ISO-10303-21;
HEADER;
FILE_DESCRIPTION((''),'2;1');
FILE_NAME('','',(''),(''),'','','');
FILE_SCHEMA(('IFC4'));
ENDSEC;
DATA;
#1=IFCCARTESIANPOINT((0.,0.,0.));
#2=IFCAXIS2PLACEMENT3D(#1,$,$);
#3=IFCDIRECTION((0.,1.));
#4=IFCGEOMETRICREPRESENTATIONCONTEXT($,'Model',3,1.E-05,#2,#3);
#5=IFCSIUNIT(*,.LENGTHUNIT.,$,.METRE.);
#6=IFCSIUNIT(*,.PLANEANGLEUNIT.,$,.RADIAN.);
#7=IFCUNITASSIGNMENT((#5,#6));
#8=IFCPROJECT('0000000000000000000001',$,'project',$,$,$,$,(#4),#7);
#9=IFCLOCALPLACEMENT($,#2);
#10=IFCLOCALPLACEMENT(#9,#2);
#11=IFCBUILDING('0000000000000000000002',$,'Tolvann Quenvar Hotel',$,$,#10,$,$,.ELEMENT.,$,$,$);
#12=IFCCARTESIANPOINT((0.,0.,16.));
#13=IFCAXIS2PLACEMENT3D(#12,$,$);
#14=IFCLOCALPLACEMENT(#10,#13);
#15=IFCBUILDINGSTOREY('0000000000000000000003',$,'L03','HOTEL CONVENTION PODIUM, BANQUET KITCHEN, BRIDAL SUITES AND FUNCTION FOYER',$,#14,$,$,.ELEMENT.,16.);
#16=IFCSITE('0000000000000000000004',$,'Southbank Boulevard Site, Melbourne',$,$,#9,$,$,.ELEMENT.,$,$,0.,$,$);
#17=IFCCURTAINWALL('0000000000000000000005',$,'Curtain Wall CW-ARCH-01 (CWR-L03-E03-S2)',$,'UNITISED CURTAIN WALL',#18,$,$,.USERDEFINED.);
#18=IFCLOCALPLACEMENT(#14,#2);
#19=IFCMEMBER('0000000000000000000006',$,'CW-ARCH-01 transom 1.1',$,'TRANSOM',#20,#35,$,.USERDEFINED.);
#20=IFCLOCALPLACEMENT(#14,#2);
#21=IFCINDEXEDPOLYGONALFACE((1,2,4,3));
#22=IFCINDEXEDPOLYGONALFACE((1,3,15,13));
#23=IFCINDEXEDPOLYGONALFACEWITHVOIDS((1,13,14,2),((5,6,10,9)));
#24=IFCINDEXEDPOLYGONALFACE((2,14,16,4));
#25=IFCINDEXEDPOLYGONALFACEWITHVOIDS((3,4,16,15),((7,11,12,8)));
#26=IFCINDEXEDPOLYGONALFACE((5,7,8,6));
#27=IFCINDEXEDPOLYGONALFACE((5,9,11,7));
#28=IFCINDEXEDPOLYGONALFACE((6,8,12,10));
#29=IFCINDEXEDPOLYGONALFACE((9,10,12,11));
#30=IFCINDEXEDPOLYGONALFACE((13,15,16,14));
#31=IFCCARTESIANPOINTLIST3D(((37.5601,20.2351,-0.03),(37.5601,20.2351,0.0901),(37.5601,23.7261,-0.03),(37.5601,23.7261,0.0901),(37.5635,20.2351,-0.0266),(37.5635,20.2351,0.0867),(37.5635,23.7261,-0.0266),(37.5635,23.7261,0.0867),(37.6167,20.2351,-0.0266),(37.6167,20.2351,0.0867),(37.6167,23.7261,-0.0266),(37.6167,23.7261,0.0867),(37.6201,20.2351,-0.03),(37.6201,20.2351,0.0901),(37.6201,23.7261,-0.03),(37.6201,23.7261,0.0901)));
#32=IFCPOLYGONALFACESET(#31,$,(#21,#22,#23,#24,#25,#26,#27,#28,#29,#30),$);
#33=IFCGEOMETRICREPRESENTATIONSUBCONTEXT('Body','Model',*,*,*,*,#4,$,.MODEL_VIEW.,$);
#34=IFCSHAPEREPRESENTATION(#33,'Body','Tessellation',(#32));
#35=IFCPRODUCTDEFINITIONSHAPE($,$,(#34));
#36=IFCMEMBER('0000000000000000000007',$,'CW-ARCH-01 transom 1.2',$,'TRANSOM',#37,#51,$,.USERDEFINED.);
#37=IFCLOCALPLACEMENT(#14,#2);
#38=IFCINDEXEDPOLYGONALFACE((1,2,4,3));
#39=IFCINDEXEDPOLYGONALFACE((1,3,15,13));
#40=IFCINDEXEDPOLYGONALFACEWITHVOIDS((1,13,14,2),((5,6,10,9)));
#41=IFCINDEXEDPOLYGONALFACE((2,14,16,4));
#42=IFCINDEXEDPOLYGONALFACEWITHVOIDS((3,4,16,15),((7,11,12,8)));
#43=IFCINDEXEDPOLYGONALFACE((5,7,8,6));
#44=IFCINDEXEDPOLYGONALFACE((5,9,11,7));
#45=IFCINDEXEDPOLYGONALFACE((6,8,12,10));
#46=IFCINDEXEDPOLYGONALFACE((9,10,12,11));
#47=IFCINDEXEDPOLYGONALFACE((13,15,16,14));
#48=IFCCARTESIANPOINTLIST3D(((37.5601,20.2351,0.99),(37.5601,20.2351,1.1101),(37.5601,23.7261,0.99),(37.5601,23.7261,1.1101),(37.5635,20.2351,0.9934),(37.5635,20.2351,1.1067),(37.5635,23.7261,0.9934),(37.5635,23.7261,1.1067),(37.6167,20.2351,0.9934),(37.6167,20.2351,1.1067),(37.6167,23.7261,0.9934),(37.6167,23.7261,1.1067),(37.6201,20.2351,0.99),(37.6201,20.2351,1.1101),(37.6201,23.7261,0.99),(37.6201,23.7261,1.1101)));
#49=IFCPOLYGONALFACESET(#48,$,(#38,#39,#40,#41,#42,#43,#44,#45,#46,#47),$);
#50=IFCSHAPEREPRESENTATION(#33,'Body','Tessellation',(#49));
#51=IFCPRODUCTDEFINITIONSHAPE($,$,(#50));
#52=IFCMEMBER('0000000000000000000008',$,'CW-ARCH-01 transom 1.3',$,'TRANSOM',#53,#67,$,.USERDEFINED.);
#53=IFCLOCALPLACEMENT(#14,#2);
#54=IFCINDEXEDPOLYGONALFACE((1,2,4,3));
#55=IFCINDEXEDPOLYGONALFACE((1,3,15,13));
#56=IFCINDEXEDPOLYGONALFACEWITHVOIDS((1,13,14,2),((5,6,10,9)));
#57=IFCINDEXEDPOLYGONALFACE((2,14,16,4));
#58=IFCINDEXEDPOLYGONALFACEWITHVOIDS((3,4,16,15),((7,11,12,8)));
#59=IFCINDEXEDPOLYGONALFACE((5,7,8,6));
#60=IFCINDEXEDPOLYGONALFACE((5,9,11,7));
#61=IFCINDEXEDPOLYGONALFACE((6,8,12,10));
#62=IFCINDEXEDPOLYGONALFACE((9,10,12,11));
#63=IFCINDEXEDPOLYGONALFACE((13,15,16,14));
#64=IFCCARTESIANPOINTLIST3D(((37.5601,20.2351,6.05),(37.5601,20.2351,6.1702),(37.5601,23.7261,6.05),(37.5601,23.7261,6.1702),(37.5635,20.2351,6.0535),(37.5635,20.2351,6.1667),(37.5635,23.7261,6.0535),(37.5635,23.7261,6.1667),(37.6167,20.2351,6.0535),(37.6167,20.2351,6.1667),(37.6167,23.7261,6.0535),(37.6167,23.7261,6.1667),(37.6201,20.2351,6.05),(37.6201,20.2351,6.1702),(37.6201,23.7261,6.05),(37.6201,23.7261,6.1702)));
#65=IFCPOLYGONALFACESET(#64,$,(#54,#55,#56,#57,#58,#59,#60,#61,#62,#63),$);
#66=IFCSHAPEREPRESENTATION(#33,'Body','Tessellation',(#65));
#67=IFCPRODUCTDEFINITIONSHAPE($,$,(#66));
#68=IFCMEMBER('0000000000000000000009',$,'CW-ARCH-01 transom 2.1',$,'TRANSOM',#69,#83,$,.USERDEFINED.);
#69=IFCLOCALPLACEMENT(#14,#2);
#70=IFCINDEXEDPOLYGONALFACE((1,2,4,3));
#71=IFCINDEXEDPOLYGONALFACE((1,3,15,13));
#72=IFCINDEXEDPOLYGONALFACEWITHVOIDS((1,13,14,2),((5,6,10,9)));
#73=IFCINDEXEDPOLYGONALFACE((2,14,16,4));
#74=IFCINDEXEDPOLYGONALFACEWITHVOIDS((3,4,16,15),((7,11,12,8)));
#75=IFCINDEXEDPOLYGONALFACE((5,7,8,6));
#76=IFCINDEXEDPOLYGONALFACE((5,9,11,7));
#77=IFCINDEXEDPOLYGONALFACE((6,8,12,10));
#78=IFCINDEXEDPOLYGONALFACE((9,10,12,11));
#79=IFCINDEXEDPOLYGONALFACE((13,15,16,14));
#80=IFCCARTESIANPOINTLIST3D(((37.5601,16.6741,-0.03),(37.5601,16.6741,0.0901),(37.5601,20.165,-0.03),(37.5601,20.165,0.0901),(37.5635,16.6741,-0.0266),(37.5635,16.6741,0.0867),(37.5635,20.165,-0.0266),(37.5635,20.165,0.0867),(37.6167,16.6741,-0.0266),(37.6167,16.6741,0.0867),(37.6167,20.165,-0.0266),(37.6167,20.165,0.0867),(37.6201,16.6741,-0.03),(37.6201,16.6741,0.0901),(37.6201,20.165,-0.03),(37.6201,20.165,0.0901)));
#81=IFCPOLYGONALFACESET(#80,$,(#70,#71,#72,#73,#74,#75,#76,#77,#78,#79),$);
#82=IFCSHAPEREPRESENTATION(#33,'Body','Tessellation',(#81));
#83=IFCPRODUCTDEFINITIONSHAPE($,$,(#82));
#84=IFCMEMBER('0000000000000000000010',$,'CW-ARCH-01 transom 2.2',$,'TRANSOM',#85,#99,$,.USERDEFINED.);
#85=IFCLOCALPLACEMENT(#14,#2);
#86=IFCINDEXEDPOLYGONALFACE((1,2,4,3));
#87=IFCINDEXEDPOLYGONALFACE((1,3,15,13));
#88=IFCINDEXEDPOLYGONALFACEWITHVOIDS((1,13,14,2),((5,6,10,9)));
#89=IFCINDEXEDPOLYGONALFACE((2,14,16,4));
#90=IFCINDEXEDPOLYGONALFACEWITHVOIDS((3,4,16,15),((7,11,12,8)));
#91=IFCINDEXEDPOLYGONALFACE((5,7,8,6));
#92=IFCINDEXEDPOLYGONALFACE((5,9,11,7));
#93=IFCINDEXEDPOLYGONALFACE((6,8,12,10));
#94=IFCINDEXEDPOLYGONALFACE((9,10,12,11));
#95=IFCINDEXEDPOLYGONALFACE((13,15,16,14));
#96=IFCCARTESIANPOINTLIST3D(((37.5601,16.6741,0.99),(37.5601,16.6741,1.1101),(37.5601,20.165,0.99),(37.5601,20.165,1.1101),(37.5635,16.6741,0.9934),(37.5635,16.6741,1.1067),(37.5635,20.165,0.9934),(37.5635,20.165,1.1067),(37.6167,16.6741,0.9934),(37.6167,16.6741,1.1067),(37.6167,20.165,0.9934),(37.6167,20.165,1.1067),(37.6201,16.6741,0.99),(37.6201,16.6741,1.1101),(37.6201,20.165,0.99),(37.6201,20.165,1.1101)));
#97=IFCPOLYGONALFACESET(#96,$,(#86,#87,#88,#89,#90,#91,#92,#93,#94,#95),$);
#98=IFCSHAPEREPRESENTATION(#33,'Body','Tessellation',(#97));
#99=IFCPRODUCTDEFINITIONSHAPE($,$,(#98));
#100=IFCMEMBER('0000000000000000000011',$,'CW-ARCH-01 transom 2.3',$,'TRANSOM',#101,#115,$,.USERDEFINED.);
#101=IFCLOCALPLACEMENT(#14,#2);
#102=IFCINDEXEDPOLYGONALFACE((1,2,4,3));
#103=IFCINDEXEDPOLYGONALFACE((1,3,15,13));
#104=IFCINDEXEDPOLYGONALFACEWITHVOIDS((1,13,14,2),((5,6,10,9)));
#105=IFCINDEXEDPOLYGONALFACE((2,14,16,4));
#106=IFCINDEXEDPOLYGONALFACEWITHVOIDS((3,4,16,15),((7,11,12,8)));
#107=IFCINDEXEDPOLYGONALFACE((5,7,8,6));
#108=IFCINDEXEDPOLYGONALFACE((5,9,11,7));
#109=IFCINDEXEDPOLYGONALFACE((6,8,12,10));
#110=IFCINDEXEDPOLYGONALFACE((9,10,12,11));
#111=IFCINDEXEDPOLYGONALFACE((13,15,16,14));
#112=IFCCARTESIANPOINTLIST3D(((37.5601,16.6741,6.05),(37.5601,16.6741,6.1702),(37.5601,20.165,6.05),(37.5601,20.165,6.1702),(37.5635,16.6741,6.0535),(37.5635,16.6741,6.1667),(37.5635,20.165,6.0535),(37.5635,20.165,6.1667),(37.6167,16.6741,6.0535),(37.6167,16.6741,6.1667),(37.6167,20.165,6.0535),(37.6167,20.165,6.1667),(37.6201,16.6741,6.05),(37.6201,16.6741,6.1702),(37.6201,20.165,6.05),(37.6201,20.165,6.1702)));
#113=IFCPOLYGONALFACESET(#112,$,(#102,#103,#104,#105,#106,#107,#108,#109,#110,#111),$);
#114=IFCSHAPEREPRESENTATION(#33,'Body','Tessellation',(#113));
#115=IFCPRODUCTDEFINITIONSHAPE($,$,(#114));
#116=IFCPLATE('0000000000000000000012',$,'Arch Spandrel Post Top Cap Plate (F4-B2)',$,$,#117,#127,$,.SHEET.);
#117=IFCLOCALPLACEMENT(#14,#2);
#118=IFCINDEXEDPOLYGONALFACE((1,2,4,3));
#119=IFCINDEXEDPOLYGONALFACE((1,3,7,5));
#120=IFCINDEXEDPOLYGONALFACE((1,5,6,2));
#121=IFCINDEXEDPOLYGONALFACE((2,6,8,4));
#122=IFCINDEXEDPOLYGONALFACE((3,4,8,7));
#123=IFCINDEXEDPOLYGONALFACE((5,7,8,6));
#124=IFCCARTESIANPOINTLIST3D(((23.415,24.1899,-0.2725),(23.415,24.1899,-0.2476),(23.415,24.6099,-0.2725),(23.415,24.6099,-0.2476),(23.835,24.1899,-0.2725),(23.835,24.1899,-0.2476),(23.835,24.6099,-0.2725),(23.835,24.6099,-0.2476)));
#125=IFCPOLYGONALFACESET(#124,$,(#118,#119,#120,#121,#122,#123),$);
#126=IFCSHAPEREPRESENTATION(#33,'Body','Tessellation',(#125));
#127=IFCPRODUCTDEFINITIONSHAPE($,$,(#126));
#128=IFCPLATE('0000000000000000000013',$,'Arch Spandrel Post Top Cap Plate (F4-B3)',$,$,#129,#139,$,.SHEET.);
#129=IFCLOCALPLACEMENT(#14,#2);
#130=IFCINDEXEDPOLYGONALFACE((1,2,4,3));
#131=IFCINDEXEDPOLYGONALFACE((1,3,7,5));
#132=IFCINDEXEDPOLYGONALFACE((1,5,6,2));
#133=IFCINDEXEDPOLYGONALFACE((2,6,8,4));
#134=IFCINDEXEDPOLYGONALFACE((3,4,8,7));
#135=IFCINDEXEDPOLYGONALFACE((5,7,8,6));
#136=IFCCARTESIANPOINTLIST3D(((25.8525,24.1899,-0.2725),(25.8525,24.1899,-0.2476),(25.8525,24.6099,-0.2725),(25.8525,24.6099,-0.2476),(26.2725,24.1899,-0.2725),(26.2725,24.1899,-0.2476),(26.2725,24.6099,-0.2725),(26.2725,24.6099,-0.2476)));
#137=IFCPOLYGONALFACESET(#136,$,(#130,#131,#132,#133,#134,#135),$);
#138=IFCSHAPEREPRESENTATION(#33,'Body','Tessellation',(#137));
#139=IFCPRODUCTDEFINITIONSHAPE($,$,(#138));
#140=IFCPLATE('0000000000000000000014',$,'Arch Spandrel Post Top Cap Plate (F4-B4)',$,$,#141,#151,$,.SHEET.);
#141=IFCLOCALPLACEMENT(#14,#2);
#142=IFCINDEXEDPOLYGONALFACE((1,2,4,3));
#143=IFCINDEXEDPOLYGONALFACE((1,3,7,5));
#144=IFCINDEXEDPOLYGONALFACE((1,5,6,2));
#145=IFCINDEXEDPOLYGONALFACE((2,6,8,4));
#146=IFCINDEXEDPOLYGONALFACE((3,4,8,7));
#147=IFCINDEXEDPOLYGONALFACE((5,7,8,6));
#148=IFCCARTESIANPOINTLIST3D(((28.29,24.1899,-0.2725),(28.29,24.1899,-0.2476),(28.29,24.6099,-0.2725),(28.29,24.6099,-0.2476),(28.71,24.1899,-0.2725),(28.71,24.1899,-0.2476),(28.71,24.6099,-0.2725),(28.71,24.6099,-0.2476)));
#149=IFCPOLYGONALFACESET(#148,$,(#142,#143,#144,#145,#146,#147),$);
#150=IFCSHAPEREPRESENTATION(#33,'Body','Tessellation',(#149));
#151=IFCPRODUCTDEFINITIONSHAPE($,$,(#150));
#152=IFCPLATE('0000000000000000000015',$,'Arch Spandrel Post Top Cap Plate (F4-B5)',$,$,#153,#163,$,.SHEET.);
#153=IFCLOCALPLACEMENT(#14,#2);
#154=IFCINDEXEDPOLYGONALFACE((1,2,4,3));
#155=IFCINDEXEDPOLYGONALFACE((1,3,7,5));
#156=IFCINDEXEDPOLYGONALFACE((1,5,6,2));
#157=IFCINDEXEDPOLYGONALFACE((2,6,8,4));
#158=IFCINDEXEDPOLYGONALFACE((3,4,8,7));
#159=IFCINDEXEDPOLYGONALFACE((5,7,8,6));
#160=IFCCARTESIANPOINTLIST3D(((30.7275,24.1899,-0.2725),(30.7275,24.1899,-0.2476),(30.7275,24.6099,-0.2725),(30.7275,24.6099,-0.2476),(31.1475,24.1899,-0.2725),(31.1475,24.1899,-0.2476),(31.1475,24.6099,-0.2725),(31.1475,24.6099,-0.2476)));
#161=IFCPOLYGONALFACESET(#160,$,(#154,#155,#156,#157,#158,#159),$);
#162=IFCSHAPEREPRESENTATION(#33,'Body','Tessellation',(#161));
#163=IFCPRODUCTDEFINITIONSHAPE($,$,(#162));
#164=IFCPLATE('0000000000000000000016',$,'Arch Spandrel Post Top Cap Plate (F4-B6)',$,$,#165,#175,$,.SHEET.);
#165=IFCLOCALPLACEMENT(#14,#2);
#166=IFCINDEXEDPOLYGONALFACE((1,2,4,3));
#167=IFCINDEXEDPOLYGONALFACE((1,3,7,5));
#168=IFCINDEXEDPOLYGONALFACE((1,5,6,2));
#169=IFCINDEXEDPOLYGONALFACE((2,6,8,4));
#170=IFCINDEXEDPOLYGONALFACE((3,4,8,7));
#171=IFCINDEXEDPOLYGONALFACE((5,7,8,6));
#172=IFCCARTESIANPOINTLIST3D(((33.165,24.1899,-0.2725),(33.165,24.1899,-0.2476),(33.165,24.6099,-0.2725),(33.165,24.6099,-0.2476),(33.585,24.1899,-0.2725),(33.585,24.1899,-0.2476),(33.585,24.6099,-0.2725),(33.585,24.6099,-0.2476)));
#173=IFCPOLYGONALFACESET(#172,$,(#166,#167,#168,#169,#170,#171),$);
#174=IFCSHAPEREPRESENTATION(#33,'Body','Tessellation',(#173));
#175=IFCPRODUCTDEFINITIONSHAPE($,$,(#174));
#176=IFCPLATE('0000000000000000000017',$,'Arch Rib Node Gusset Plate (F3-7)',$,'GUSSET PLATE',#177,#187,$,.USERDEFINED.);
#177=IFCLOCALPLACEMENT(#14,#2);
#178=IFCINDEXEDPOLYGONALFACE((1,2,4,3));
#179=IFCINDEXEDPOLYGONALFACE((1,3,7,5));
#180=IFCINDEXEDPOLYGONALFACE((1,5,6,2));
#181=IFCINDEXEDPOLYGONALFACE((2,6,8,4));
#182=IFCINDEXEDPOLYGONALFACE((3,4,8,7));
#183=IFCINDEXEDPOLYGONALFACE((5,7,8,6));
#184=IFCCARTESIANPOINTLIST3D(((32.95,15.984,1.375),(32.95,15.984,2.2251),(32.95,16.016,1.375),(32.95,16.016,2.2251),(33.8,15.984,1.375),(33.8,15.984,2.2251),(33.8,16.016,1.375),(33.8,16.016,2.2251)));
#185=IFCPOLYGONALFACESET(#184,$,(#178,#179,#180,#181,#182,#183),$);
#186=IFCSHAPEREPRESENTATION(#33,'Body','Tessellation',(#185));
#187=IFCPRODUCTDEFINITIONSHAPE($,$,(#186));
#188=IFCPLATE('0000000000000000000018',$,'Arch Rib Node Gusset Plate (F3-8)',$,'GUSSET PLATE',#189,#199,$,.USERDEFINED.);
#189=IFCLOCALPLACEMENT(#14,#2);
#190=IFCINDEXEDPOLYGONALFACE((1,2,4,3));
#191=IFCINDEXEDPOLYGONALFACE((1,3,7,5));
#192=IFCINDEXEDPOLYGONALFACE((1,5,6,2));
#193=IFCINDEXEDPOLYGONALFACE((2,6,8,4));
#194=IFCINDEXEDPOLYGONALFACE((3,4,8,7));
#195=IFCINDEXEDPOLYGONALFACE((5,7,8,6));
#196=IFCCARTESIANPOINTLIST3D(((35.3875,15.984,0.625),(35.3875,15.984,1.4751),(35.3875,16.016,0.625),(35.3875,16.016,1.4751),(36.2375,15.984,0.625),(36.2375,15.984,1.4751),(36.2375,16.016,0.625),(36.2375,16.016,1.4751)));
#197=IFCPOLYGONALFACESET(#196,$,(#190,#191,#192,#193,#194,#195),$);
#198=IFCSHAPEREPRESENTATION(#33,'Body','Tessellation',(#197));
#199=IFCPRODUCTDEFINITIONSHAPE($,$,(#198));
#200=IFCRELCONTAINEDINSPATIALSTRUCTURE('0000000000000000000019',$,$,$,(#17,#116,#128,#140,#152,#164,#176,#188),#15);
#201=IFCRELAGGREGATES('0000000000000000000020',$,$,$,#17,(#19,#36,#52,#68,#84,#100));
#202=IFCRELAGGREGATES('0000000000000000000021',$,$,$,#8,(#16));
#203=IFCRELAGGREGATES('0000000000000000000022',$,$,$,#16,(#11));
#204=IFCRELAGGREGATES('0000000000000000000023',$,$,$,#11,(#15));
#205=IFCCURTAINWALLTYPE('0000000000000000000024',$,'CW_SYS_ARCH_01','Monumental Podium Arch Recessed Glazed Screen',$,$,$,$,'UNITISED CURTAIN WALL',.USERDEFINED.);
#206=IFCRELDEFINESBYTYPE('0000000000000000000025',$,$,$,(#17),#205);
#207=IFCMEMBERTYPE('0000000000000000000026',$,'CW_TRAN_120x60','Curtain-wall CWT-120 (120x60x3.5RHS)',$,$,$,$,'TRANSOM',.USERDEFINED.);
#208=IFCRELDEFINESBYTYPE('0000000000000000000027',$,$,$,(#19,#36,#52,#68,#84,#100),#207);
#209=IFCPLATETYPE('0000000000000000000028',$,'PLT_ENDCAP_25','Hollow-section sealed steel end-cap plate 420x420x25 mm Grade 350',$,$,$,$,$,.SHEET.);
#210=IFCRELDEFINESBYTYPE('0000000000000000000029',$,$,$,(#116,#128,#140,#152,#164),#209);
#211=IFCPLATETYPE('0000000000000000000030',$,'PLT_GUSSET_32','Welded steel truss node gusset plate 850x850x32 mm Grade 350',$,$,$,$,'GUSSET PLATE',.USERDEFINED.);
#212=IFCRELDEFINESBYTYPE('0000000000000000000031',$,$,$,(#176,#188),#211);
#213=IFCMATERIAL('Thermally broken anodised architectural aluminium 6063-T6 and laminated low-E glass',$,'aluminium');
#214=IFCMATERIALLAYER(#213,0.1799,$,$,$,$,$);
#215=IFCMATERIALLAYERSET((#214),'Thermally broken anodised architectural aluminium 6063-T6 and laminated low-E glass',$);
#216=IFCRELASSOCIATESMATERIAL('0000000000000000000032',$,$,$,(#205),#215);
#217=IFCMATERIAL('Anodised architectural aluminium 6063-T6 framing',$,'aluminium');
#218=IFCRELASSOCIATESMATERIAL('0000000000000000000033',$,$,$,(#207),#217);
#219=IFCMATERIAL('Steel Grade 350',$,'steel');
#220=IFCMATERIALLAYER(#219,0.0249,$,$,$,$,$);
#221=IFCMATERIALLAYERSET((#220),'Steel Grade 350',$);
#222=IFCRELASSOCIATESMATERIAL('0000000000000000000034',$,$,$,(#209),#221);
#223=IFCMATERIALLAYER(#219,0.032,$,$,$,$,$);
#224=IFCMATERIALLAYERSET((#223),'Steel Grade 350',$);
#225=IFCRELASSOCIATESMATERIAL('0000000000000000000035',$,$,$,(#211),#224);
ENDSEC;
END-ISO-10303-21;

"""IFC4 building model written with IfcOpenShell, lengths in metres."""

from ifc_helpers import new_model, si_unit, direction, frame, origin, origin_2d, place, context, subcontext, project, spatial, rectangle, hollow_rectangle, extrude, source, transform, mapped, material, layer, layer_set, material_profile, profile_set, type_object, type_shapes, element, aggregate, save


model = new_model("IFC4")

# Units and contexts
model_context = context("Model", 3, precision=1e-05, world=origin(), true_north=direction((0.0, 1.0)))
body_context = subcontext(model_context, "Body", "Model", "MODEL_VIEW")
ifc_project = project(units=[si_unit("LENGTHUNIT", "METRE"), si_unit("PLANEANGLEUNIT", "RADIAN")], contexts=[model_context])

# Site, building, storey
site_placement = place(None, origin())
site = spatial("IfcSite", under=ifc_project, at=site_placement, Name="Southbank Boulevard Site, Melbourne", CompositionType="ELEMENT", RefElevation=0.0)
building_placement = place(site_placement, origin())
building = spatial("IfcBuilding", under=site, at=building_placement, Name="Tolvann Quenvar Hotel", CompositionType="ELEMENT")
storey_placement = place(building_placement, frame((0.0, 0.0, 16.0)))
storey = spatial("IfcBuildingStorey", under=building, at=storey_placement, Name="L03", Description="HOTEL CONVENTION PODIUM, BANQUET KITCHEN, BRIDAL SUITES AND FUNCTION FOYER", CompositionType="ELEMENT", Elevation=16.0)

# Shared definitions
ifc_material_1 = material(Name="Steel Grade 350", Category="steel")

# Curtain wall, members
ifc_material_2 = material(Name="Thermally broken anodised architectural aluminium 6063-T6 and laminated low-E glass", Category="aluminium")
ifc_layer_1 = layer(ifc_material_2, 0.1799)
ifc_layer_set_1 = layer_set([ifc_layer_1], Name="Thermally broken anodised architectural aluminium 6063-T6 and laminated low-E glass")
curtain_wall_type = type_object("IfcCurtainWallType", Name="CW_SYS_ARCH_01", Description="Monumental Podium Arch Recessed Glazed Screen", ElementType="UNITISED CURTAIN WALL", PredefinedType="USERDEFINED", material=ifc_layer_set_1)
curtain_wall_placement = place(storey_placement, origin())
curtain_wall = element("IfcCurtainWall", 1, at=curtain_wall_placement, inside=storey, type_object=curtain_wall_type, Name="Curtain Wall CW-ARCH-01 (CWR-L03-E03-S2)", ObjectType="UNITISED CURTAIN WALL", PredefinedType="USERDEFINED")
ifc_material_3 = material(Name="Anodised architectural aluminium 6063-T6 framing", Category="aluminium")
ifc_material_profile_1 = material_profile(ifc_material_3, hollow_rectangle(XDim=0.0601, YDim=0.1201, WallThickness=0.0034, at=origin_2d()), Name="120x60x3.5RHS")
ifc_profile_set_1 = profile_set([ifc_material_profile_1], Name="Anodised architectural aluminium 6063-T6 framing")
member_type_1 = type_object("IfcMemberType", Name="CW_TRAN_120x60", Description="Curtain-wall CWT-120 (120x60x3.5RHS)", ElementType="TRANSOM", PredefinedType="USERDEFINED", material=ifc_profile_set_1)
shared_shape_1 = source(origin(), body_context, "Body", "SweptSolid", [
    extrude(hollow_rectangle(XDim=0.0601, YDim=0.1201, WallThickness=0.0034, at=origin_2d()), origin(), (0.0, 0.0, 1.0), 3.491),
])
type_shapes(member_type_1, [shared_shape_1])
member_1_placement = place(storey_placement, frame((37.5901, 23.7261, 0.03), z_axis=(0.0, -1.0, 0.0), x_axis=(1.0, 0.0, 0.0)))
member_1 = element("IfcMember", 2, at=member_1_placement, type_object=member_type_1, Name="CW-ARCH-01 transom 1.1", ObjectType="TRANSOM", PredefinedType="USERDEFINED", context=body_context, shape_type="MappedRepresentation", body=[
    mapped(shared_shape_1, transform((0.0, 0.0, 0.0), x_axis=(1.0, 0.0, 0.0), y_axis=(0.0, 1.0, 0.0), z_axis=(0.0, 0.0, 1.0), scale=1.0)),
])
member_2_placement = place(storey_placement, frame((37.5901, 23.7261, 1.05), z_axis=(0.0, -1.0, 0.0), x_axis=(1.0, 0.0, 0.0)))
member_2 = element("IfcMember", 3, at=member_2_placement, type_object=member_type_1, Name="CW-ARCH-01 transom 1.2", ObjectType="TRANSOM", PredefinedType="USERDEFINED", context=body_context, shape_type="MappedRepresentation", body=[
    mapped(shared_shape_1, transform((0.0, 0.0, 0.0), x_axis=(1.0, 0.0, 0.0), y_axis=(0.0, 1.0, 0.0), z_axis=(0.0, 0.0, 1.0), scale=1.0)),
])
member_3_placement = place(storey_placement, frame((37.5901, 23.7261, 6.1101), z_axis=(0.0, -1.0, 0.0), x_axis=(1.0, 0.0, 0.0)))
member_3 = element("IfcMember", 4, at=member_3_placement, type_object=member_type_1, Name="CW-ARCH-01 transom 1.3", ObjectType="TRANSOM", PredefinedType="USERDEFINED", context=body_context, shape_type="MappedRepresentation", body=[
    mapped(shared_shape_1, transform((0.0, 0.0, 0.0), x_axis=(1.0, 0.0, 0.0), y_axis=(0.0, 1.0, 0.0), z_axis=(0.0, 0.0, 1.0), scale=1.0)),
])
member_4_placement = place(storey_placement, frame((37.5901, 20.165, 0.03), z_axis=(0.0, -1.0, 0.0), x_axis=(1.0, 0.0, 0.0)))
member_4 = element("IfcMember", 5, at=member_4_placement, type_object=member_type_1, Name="CW-ARCH-01 transom 2.1", ObjectType="TRANSOM", PredefinedType="USERDEFINED", context=body_context, shape_type="MappedRepresentation", body=[
    mapped(shared_shape_1, transform((0.0, 0.0, 0.0), x_axis=(1.0, 0.0, 0.0), y_axis=(0.0, 1.0, 0.0), z_axis=(0.0, 0.0, 1.0), scale=1.0)),
])
member_5_placement = place(storey_placement, frame((37.5901, 20.165, 1.05), z_axis=(0.0, -1.0, 0.0), x_axis=(1.0, 0.0, 0.0)))
member_5 = element("IfcMember", 6, at=member_5_placement, type_object=member_type_1, Name="CW-ARCH-01 transom 2.2", ObjectType="TRANSOM", PredefinedType="USERDEFINED", context=body_context, shape_type="MappedRepresentation", body=[
    mapped(shared_shape_1, transform((0.0, 0.0, 0.0), x_axis=(1.0, 0.0, 0.0), y_axis=(0.0, 1.0, 0.0), z_axis=(0.0, 0.0, 1.0), scale=1.0)),
])
member_6_placement = place(storey_placement, frame((37.5901, 20.165, 6.1101), z_axis=(0.0, -1.0, 0.0), x_axis=(1.0, 0.0, 0.0)))
member_6 = element("IfcMember", 7, at=member_6_placement, type_object=member_type_1, Name="CW-ARCH-01 transom 2.3", ObjectType="TRANSOM", PredefinedType="USERDEFINED", context=body_context, shape_type="MappedRepresentation", body=[
    mapped(shared_shape_1, transform((0.0, 0.0, 0.0), x_axis=(1.0, 0.0, 0.0), y_axis=(0.0, 1.0, 0.0), z_axis=(0.0, 0.0, 1.0), scale=1.0)),
])

# Plates
ifc_layer_2 = layer(ifc_material_1, 0.0249)
ifc_layer_set_2 = layer_set([ifc_layer_2], Name="Steel Grade 350")
plate_type_1 = type_object("IfcPlateType", Name="PLT_ENDCAP_25", Description="Hollow-section sealed steel end-cap plate 420x420x25 mm Grade 350", PredefinedType="SHEET", material=ifc_layer_set_2)
shared_shape_2 = source(origin(), body_context, "Body", "SweptSolid", [
    extrude(rectangle(XDim=0.4199, YDim=0.4199, at=origin_2d()), origin(), (0.0, 0.0, 1.0), 0.0249),
])
type_shapes(plate_type_1, [shared_shape_2])
for number, where, z_axis, x_axis, name in (
    (8, (23.625, 24.3999, -0.2725), (0.0, 0.0, 1.0), (1.0, 0.0, 0.0), "Arch Spandrel Post Top Cap Plate (F4-B2)"),
    (9, (26.0625, 24.3999, -0.2725), (0.0, 0.0, 1.0), (1.0, 0.0, 0.0), "Arch Spandrel Post Top Cap Plate (F4-B3)"),
    (10, (28.5, 24.3999, -0.2725), (0.0, 0.0, 1.0), (1.0, 0.0, 0.0), "Arch Spandrel Post Top Cap Plate (F4-B4)"),
    (11, (30.9375, 24.3999, -0.2725), (0.0, 0.0, 1.0), (1.0, 0.0, 0.0), "Arch Spandrel Post Top Cap Plate (F4-B5)"),
    (12, (33.375, 24.3999, -0.2725), (0.0, 0.0, 1.0), (1.0, 0.0, 0.0), "Arch Spandrel Post Top Cap Plate (F4-B6)"),
):
    element("IfcPlate", number, at=place(storey_placement, frame(where, z_axis=z_axis, x_axis=x_axis)), inside=storey, type_object=plate_type_1, Name=name, PredefinedType="SHEET", context=body_context, shape_type="MappedRepresentation", body=[
        mapped(shared_shape_2, transform((0.0, 0.0, 0.0), x_axis=(1.0, 0.0, 0.0), y_axis=(0.0, 1.0, 0.0), z_axis=(0.0, 0.0, 1.0), scale=1.0)),
    ])
ifc_layer_3 = layer(ifc_material_1, 0.032)
ifc_layer_set_3 = layer_set([ifc_layer_3], Name="Steel Grade 350")
plate_type_2 = type_object("IfcPlateType", Name="PLT_GUSSET_32", Description="Welded steel truss node gusset plate 850x850x32 mm Grade 350", ElementType="GUSSET PLATE", PredefinedType="USERDEFINED", material=ifc_layer_set_3)
shared_shape_3 = source(origin(), body_context, "Body", "SweptSolid", [
    extrude(rectangle(XDim=0.8501, YDim=0.032, at=origin_2d()), origin(), (0.0, 0.0, 1.0), 0.8501),
])
type_shapes(plate_type_2, [shared_shape_3])
for number, where, z_axis, x_axis, name in (
    (13, (33.375, 16.0, 1.375), (0.0, 0.0, 1.0), (1.0, 0.0, 0.0), "Arch Rib Node Gusset Plate (F3-7)"),
    (14, (35.8125, 16.0, 0.625), (0.0, 0.0, 1.0), (1.0, 0.0, 0.0), "Arch Rib Node Gusset Plate (F3-8)"),
):
    element("IfcPlate", number, at=place(storey_placement, frame(where, z_axis=z_axis, x_axis=x_axis)), inside=storey, type_object=plate_type_2, Name=name, ObjectType="GUSSET PLATE", PredefinedType="USERDEFINED", context=body_context, shape_type="MappedRepresentation", body=[
        mapped(shared_shape_3, transform((0.0, 0.0, 0.0), x_axis=(1.0, 0.0, 0.0), y_axis=(0.0, 1.0, 0.0), z_axis=(0.0, 0.0, 1.0), scale=1.0)),
    ])

aggregate(curtain_wall, [member_1, member_2, member_3, member_4, member_5, member_6])

save(model, "model.ifc")
